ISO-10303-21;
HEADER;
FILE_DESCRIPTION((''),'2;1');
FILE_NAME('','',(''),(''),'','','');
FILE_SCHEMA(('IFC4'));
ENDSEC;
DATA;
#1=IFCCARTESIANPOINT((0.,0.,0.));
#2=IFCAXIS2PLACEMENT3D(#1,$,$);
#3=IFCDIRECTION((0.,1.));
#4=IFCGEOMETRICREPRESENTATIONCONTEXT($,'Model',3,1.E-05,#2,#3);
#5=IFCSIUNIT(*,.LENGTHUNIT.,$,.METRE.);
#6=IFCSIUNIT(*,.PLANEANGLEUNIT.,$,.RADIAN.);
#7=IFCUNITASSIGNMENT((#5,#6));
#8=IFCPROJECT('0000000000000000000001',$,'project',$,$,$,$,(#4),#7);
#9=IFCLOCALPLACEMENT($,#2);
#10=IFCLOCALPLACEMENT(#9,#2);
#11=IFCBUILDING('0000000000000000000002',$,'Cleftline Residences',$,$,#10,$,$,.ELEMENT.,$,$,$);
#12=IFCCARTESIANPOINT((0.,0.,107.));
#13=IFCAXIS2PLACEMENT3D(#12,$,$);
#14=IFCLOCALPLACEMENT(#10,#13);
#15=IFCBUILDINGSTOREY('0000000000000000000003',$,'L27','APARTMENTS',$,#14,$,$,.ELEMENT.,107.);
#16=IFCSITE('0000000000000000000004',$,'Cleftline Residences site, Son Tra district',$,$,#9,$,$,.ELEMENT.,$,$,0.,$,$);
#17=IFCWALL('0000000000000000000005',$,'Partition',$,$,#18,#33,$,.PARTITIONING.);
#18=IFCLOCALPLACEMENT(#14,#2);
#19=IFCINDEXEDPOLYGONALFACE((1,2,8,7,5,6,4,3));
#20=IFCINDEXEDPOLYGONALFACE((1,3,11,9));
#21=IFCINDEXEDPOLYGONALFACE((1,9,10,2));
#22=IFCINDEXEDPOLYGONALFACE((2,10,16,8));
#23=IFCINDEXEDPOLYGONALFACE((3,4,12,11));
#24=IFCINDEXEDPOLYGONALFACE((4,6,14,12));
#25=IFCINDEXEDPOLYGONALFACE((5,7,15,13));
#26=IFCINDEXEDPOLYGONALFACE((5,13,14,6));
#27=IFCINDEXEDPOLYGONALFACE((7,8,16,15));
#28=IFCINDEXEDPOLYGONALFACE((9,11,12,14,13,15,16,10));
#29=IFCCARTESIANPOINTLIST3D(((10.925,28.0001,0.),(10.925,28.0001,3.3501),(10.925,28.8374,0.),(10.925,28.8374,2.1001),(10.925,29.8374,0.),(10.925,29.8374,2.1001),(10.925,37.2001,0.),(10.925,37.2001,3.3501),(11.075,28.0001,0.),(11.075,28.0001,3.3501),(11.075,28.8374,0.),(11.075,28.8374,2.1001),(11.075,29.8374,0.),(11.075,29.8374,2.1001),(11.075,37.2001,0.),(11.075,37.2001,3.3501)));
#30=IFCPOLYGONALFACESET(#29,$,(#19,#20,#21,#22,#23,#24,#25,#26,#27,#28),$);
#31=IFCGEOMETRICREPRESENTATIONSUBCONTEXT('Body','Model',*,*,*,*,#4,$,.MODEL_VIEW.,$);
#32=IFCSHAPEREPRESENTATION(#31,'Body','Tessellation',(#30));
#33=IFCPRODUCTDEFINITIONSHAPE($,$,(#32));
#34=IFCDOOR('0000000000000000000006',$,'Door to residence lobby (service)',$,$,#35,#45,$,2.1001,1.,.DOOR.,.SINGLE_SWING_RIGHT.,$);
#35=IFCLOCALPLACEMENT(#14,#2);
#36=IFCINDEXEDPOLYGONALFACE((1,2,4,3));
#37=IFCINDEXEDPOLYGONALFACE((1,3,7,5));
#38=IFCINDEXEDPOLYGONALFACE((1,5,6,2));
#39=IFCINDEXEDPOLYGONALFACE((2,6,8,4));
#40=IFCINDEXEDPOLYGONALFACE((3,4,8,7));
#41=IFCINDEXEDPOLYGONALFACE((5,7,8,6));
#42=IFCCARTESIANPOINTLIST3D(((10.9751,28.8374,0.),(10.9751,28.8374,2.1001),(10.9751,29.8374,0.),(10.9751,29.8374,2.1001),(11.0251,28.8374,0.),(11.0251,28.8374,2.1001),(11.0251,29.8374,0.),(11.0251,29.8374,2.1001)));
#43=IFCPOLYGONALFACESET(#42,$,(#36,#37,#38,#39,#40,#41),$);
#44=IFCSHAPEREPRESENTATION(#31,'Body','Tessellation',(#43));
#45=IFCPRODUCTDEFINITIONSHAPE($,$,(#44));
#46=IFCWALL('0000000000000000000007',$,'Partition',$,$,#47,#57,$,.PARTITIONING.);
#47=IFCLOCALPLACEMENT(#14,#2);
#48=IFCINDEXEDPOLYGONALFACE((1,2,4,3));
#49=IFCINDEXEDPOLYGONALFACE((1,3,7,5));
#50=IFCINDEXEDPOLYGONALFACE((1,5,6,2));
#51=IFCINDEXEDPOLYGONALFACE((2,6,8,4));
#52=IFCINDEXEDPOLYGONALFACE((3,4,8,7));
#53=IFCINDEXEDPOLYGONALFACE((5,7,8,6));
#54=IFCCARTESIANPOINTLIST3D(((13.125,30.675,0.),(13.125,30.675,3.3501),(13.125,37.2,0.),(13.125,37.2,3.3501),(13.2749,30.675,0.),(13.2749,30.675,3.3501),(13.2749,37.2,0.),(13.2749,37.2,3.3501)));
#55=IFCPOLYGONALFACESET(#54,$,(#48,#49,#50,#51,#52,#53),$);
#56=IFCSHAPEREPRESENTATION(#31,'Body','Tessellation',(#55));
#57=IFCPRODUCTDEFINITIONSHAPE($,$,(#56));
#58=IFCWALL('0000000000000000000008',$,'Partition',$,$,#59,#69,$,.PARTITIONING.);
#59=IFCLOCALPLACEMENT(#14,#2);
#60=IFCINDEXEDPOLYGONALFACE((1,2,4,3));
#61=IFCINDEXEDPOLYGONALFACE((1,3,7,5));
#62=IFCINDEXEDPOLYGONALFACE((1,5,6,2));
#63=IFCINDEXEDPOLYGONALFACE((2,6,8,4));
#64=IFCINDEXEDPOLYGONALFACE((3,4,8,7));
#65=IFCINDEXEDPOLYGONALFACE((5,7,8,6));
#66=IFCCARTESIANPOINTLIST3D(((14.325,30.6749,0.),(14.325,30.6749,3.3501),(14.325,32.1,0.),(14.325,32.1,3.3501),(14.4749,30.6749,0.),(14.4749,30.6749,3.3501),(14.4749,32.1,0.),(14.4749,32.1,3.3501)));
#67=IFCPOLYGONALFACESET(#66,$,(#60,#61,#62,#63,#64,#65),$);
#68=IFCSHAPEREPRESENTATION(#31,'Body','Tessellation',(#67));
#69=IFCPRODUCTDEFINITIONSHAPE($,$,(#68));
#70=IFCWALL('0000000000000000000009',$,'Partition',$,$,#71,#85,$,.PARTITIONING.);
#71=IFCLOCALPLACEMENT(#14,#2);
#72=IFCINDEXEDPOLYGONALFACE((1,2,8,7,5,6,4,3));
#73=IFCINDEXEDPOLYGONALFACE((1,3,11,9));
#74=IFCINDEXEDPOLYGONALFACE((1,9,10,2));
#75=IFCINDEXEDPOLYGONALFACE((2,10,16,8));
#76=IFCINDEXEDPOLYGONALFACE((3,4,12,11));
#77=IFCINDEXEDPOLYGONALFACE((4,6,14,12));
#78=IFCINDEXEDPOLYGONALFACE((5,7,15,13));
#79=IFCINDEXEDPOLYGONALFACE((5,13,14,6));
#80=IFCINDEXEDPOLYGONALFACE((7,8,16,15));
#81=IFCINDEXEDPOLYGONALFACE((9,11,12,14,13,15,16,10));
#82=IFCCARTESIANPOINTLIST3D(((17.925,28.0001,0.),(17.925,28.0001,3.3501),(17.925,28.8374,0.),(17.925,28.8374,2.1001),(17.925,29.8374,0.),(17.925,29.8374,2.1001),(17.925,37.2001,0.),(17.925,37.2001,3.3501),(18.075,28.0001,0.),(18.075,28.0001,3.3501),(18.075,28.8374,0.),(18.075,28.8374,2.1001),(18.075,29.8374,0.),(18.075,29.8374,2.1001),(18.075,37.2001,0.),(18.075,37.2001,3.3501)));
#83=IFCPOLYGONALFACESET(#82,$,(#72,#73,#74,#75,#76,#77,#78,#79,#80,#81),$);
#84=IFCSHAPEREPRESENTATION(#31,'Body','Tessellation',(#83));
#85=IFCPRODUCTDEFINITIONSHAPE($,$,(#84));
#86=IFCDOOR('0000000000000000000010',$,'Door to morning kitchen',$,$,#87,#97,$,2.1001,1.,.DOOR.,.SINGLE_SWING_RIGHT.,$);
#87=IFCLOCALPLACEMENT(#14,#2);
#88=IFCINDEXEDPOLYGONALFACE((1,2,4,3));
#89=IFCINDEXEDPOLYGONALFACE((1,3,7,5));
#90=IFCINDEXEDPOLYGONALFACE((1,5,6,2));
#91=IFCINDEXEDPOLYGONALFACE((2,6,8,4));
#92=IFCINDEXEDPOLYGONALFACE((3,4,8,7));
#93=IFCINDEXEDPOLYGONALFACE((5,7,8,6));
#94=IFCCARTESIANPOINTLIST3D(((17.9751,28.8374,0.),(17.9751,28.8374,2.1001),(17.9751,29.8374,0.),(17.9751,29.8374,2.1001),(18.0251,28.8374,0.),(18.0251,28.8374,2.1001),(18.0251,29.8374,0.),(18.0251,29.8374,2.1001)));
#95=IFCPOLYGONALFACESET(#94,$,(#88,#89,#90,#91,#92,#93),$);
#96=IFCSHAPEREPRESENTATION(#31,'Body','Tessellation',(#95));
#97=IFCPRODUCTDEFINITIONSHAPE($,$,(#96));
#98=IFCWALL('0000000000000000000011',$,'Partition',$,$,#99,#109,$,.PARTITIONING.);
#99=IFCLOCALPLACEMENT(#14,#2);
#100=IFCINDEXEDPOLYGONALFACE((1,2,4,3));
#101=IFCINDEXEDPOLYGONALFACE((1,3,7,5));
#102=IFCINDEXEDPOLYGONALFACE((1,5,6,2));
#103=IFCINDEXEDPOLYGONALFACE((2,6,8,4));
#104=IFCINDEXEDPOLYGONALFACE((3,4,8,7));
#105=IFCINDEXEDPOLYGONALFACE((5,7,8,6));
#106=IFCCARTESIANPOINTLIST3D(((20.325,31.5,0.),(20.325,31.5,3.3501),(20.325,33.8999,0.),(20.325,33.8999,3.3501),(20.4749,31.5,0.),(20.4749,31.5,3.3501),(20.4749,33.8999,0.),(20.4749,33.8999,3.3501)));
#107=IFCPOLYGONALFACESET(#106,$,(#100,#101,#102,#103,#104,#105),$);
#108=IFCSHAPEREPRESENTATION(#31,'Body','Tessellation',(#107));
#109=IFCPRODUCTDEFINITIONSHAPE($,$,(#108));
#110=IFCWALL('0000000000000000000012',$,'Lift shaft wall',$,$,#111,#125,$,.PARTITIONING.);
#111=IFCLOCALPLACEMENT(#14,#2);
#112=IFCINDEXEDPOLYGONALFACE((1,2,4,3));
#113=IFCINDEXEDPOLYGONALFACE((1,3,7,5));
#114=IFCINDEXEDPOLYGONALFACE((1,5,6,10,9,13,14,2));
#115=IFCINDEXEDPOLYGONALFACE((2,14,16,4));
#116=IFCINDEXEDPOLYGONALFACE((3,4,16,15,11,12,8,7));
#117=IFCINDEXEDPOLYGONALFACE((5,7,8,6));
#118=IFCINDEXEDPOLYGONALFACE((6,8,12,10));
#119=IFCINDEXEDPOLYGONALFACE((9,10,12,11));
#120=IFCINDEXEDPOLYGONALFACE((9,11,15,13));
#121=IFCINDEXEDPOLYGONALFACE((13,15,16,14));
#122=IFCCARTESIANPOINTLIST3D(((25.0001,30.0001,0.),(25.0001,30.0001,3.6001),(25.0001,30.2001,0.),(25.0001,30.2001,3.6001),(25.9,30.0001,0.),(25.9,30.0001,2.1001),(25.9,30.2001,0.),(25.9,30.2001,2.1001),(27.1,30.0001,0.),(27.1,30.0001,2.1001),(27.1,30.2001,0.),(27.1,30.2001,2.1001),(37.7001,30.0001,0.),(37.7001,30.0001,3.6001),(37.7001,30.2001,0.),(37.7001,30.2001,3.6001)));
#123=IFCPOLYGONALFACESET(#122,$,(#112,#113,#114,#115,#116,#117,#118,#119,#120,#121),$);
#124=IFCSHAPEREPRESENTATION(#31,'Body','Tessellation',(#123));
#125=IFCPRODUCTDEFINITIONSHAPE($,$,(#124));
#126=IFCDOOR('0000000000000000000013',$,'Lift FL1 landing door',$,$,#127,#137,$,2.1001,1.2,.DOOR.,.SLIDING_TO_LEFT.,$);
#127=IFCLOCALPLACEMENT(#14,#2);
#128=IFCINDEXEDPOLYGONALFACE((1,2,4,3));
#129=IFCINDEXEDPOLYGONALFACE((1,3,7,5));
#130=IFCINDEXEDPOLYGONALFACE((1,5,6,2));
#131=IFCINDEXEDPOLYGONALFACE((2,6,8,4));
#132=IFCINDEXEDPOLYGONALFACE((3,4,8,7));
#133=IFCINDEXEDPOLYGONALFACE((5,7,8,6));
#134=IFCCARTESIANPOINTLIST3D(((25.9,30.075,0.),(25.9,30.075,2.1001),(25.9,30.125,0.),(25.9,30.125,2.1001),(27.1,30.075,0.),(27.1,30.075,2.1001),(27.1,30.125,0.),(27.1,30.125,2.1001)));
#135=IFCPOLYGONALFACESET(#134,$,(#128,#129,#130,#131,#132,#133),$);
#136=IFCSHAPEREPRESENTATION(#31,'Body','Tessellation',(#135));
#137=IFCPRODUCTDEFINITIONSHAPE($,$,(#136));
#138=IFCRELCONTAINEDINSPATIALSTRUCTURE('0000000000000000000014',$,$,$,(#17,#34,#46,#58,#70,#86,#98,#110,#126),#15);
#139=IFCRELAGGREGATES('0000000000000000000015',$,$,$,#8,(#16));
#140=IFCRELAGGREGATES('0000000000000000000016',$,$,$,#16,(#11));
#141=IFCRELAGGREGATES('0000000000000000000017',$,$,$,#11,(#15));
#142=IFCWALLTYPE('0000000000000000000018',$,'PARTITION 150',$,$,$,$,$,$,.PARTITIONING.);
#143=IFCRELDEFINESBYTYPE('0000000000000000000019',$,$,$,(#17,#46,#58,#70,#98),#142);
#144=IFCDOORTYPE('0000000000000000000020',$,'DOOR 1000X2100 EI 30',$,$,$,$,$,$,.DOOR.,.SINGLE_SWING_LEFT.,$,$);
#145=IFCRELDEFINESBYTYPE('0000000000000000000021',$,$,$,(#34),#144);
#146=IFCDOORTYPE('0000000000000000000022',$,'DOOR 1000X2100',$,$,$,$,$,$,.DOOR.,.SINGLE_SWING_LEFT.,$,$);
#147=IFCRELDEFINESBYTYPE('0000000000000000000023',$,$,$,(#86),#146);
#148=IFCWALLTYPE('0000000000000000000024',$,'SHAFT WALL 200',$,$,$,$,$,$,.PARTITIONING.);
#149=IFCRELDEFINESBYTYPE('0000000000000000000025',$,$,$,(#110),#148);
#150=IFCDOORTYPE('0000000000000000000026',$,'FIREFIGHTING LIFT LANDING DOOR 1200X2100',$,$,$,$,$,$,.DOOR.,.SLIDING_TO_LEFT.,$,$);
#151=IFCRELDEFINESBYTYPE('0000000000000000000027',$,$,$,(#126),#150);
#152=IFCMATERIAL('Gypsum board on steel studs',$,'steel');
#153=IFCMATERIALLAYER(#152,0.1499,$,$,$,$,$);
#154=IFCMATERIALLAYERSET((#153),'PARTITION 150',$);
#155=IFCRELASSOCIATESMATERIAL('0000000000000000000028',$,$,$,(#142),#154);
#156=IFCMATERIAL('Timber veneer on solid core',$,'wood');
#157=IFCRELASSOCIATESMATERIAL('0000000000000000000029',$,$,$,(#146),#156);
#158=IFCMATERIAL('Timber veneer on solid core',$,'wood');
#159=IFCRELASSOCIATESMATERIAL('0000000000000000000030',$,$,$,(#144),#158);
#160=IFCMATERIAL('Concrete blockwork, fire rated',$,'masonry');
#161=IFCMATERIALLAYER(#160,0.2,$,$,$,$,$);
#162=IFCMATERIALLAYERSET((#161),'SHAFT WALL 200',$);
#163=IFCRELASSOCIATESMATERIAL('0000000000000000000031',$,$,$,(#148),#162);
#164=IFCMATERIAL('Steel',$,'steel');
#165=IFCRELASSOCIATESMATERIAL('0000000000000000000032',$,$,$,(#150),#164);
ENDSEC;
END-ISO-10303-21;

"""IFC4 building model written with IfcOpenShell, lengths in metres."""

from ifc_helpers import new_model, si_unit, direction, frame, frame_2d, origin, place, context, subcontext, project, spatial, rectangle, extrude, material, layer, layer_set, type_object, element, fill, save


model = new_model("IFC4")

# Units and contexts
model_context = context("Model", 3, precision=1e-05, world=origin(), true_north=direction((0.0, 1.0)))
body_context = subcontext(model_context, "Body", "Model", "MODEL_VIEW")
ifc_project = project(units=[si_unit("LENGTHUNIT", "METRE"), si_unit("PLANEANGLEUNIT", "RADIAN")], contexts=[model_context])

# Site, building, storey
site_placement = place(None, origin())
site = spatial("IfcSite", under=ifc_project, at=site_placement, Name="Cleftline Residences site, Son Tra district", CompositionType="ELEMENT", RefElevation=0.0)
building_placement = place(site_placement, origin())
building = spatial("IfcBuilding", under=site, at=building_placement, Name="Cleftline Residences", CompositionType="ELEMENT")
storey_placement = place(building_placement, frame((0.0, 0.0, 107.0)))
storey = spatial("IfcBuildingStorey", under=building, at=storey_placement, Name="L27", Description="APARTMENTS", CompositionType="ELEMENT", Elevation=107.0)

# Shared definitions
ifc_material_1 = material(Name="Gypsum board on steel studs", Category="steel")
ifc_layer_1 = layer(ifc_material_1, 0.1499)
ifc_layer_set_1 = layer_set([ifc_layer_1], Name="PARTITION 150")
wall_type_1 = type_object("IfcWallType", Name="PARTITION 150", PredefinedType="PARTITIONING", material=ifc_layer_set_1)
ifc_material_2 = material(Name="Timber veneer on solid core", Category="wood")
door_type_1 = type_object("IfcDoorType", Name="DOOR 1000X2100", OperationType="SINGLE_SWING_LEFT", PredefinedType="DOOR", material=ifc_material_2)

# Wall, opening, door
wall_1_placement = place(storey_placement, frame((11.0, 28.0, 0.0), z_axis=(0.0, 0.0, 1.0), x_axis=(0.0, 1.0, 0.0)))
wall_1 = element("IfcWall", 1, at=wall_1_placement, inside=storey, type_object=wall_type_1, Name="Partition", PredefinedType="PARTITIONING", context=body_context, shape_type="SweptSolid", body=[
    extrude(rectangle(XDim=9.2, YDim=0.1499, at=frame_2d((4.6001, 0.0))), origin(), (0.0, 0.0, 1.0), 3.3501),
])
opening_1_placement = place(wall_1_placement, frame((0.8374, 0.0, 0.0)))
opening_1 = element("IfcOpeningElement", 2, at=opening_1_placement, cuts=wall_1, PredefinedType="OPENING", context=body_context, shape_type="SweptSolid", body=[
    extrude(rectangle(XDim=1.0, YDim=2.1001, at=frame_2d((0.5, 1.05))), frame((0.0, 0.085, 0.0), z_axis=(0.0, -1.0, 0.0), x_axis=(1.0, 0.0, 0.0)), (0.0, 0.0, 1.0), 0.1699),
])
ifc_material_3 = material(Name="Timber veneer on solid core", Category="wood")
door_type_2 = type_object("IfcDoorType", Name="DOOR 1000X2100 EI 30", OperationType="SINGLE_SWING_LEFT", PredefinedType="DOOR", material=ifc_material_3)
door_1_placement = place(opening_1_placement, origin())
door_1 = element("IfcDoor", 3, at=door_1_placement, inside=storey, type_object=door_type_2, Name="Door to residence lobby (service)", OperationType="SINGLE_SWING_RIGHT", OverallHeight=2.1001, OverallWidth=1.0, PredefinedType="DOOR", context=body_context, shape_type="SweptSolid", body=[
    extrude(rectangle(XDim=1.0, YDim=2.1001, at=frame_2d((0.5, 1.05))), frame((0.0, 0.0249, 0.0), z_axis=(0.0, -1.0, 0.0), x_axis=(1.0, 0.0, 0.0)), (0.0, 0.0, 1.0), 0.05),
])
fill(opening_1, door_1)

# Walls
wall_2_placement = place(storey_placement, frame((13.2, 30.675, 0.0), z_axis=(0.0, 0.0, 1.0), x_axis=(0.0, 1.0, 0.0)))
element("IfcWall", 4, at=wall_2_placement, inside=storey, type_object=wall_type_1, Name="Partition", PredefinedType="PARTITIONING", context=body_context, shape_type="SweptSolid", body=[
    extrude(rectangle(XDim=6.5249, YDim=0.1499, at=frame_2d((3.2625, 0.0))), origin(), (0.0, 0.0, 1.0), 3.3501),
])
wall_3_placement = place(storey_placement, frame((14.3999, 30.675, 0.0), z_axis=(0.0, 0.0, 1.0), x_axis=(0.0, 1.0, 0.0)))
element("IfcWall", 5, at=wall_3_placement, inside=storey, type_object=wall_type_1, Name="Partition", PredefinedType="PARTITIONING", context=body_context, shape_type="SweptSolid", body=[
    extrude(rectangle(XDim=1.425, YDim=0.1499, at=frame_2d((0.7124, 0.0))), origin(), (0.0, 0.0, 1.0), 3.3501),
])

# Wall, opening, door
wall_4_placement = place(storey_placement, frame((18.0, 28.0, 0.0), z_axis=(0.0, 0.0, 1.0), x_axis=(0.0, 1.0, 0.0)))
wall_4 = element("IfcWall", 6, at=wall_4_placement, inside=storey, type_object=wall_type_1, Name="Partition", PredefinedType="PARTITIONING", context=body_context, shape_type="SweptSolid", body=[
    extrude(rectangle(XDim=9.2, YDim=0.1499, at=frame_2d((4.6001, 0.0))), origin(), (0.0, 0.0, 1.0), 3.3501),
])
opening_2_placement = place(wall_4_placement, frame((0.8374, 0.0, 0.0)))
opening_2 = element("IfcOpeningElement", 7, at=opening_2_placement, cuts=wall_4, PredefinedType="OPENING", context=body_context, shape_type="SweptSolid", body=[
    extrude(rectangle(XDim=1.0, YDim=2.1001, at=frame_2d((0.5, 1.05))), frame((0.0, 0.085, 0.0), z_axis=(0.0, -1.0, 0.0), x_axis=(1.0, 0.0, 0.0)), (0.0, 0.0, 1.0), 0.1699),
])
door_2_placement = place(opening_2_placement, origin())
door_2 = element("IfcDoor", 8, at=door_2_placement, inside=storey, type_object=door_type_1, Name="Door to morning kitchen", OperationType="SINGLE_SWING_RIGHT", OverallHeight=2.1001, OverallWidth=1.0, PredefinedType="DOOR", context=body_context, shape_type="SweptSolid", body=[
    extrude(rectangle(XDim=1.0, YDim=2.1001, at=frame_2d((0.5, 1.05))), frame((0.0, 0.0249, 0.0), z_axis=(0.0, -1.0, 0.0), x_axis=(1.0, 0.0, 0.0)), (0.0, 0.0, 1.0), 0.05),
])
fill(opening_2, door_2)

# Wall
wall_5_placement = place(storey_placement, frame((20.3999, 31.5, 0.0), z_axis=(0.0, 0.0, 1.0), x_axis=(0.0, 1.0, 0.0)))
element("IfcWall", 9, at=wall_5_placement, inside=storey, type_object=wall_type_1, Name="Partition", PredefinedType="PARTITIONING", context=body_context, shape_type="SweptSolid", body=[
    extrude(rectangle(XDim=2.3999, YDim=0.1499, at=frame_2d((1.2, 0.0))), origin(), (0.0, 0.0, 1.0), 3.3501),
])

# Wall, opening, door
ifc_material_4 = material(Name="Concrete blockwork, fire rated", Category="masonry")
ifc_layer_2 = layer(ifc_material_4, 0.2)
ifc_layer_set_2 = layer_set([ifc_layer_2], Name="SHAFT WALL 200")
wall_type_2 = type_object("IfcWallType", Name="SHAFT WALL 200", PredefinedType="PARTITIONING", material=ifc_layer_set_2)
wall_6_placement = place(storey_placement, frame((25.0, 30.1001, 0.0), z_axis=(0.0, 0.0, 1.0), x_axis=(1.0, 0.0, 0.0)))
wall_6 = element("IfcWall", 10, at=wall_6_placement, inside=storey, type_object=wall_type_2, Name="Lift shaft wall", PredefinedType="PARTITIONING", context=body_context, shape_type="SweptSolid", body=[
    extrude(rectangle(XDim=12.7, YDim=0.2, at=frame_2d((6.3501, 0.0))), origin(), (0.0, 0.0, 1.0), 3.6001),
])
opening_3_placement = place(wall_6_placement, frame((0.8999, 0.0, 0.0)))
opening_3 = element("IfcOpeningElement", 11, at=opening_3_placement, cuts=wall_6, PredefinedType="OPENING", context=body_context, shape_type="SweptSolid", body=[
    extrude(rectangle(XDim=1.2, YDim=2.1001, at=frame_2d((0.6001, 1.05))), frame((0.0, 0.1099, 0.0), z_axis=(0.0, -1.0, 0.0), x_axis=(1.0, 0.0, 0.0)), (0.0, 0.0, 1.0), 0.22),
])
ifc_material_5 = material(Name="Steel", Category="steel")
door_type_3 = type_object("IfcDoorType", Name="FIREFIGHTING LIFT LANDING DOOR 1200X2100", OperationType="SLIDING_TO_LEFT", PredefinedType="DOOR", material=ifc_material_5)
door_3_placement = place(opening_3_placement, origin())
door_3 = element("IfcDoor", 12, at=door_3_placement, inside=storey, type_object=door_type_3, Name="Lift FL1 landing door", OperationType="SLIDING_TO_LEFT", OverallHeight=2.1001, OverallWidth=1.2, PredefinedType="DOOR", context=body_context, shape_type="SweptSolid", body=[
    extrude(rectangle(XDim=1.2, YDim=2.1001, at=frame_2d((0.6001, 1.05))), frame((0.0, 0.0249, 0.0), z_axis=(0.0, -1.0, 0.0), x_axis=(1.0, 0.0, 0.0)), (0.0, 0.0, 1.0), 0.05),
])
fill(opening_3, door_3)

save(model, "model.ifc")
